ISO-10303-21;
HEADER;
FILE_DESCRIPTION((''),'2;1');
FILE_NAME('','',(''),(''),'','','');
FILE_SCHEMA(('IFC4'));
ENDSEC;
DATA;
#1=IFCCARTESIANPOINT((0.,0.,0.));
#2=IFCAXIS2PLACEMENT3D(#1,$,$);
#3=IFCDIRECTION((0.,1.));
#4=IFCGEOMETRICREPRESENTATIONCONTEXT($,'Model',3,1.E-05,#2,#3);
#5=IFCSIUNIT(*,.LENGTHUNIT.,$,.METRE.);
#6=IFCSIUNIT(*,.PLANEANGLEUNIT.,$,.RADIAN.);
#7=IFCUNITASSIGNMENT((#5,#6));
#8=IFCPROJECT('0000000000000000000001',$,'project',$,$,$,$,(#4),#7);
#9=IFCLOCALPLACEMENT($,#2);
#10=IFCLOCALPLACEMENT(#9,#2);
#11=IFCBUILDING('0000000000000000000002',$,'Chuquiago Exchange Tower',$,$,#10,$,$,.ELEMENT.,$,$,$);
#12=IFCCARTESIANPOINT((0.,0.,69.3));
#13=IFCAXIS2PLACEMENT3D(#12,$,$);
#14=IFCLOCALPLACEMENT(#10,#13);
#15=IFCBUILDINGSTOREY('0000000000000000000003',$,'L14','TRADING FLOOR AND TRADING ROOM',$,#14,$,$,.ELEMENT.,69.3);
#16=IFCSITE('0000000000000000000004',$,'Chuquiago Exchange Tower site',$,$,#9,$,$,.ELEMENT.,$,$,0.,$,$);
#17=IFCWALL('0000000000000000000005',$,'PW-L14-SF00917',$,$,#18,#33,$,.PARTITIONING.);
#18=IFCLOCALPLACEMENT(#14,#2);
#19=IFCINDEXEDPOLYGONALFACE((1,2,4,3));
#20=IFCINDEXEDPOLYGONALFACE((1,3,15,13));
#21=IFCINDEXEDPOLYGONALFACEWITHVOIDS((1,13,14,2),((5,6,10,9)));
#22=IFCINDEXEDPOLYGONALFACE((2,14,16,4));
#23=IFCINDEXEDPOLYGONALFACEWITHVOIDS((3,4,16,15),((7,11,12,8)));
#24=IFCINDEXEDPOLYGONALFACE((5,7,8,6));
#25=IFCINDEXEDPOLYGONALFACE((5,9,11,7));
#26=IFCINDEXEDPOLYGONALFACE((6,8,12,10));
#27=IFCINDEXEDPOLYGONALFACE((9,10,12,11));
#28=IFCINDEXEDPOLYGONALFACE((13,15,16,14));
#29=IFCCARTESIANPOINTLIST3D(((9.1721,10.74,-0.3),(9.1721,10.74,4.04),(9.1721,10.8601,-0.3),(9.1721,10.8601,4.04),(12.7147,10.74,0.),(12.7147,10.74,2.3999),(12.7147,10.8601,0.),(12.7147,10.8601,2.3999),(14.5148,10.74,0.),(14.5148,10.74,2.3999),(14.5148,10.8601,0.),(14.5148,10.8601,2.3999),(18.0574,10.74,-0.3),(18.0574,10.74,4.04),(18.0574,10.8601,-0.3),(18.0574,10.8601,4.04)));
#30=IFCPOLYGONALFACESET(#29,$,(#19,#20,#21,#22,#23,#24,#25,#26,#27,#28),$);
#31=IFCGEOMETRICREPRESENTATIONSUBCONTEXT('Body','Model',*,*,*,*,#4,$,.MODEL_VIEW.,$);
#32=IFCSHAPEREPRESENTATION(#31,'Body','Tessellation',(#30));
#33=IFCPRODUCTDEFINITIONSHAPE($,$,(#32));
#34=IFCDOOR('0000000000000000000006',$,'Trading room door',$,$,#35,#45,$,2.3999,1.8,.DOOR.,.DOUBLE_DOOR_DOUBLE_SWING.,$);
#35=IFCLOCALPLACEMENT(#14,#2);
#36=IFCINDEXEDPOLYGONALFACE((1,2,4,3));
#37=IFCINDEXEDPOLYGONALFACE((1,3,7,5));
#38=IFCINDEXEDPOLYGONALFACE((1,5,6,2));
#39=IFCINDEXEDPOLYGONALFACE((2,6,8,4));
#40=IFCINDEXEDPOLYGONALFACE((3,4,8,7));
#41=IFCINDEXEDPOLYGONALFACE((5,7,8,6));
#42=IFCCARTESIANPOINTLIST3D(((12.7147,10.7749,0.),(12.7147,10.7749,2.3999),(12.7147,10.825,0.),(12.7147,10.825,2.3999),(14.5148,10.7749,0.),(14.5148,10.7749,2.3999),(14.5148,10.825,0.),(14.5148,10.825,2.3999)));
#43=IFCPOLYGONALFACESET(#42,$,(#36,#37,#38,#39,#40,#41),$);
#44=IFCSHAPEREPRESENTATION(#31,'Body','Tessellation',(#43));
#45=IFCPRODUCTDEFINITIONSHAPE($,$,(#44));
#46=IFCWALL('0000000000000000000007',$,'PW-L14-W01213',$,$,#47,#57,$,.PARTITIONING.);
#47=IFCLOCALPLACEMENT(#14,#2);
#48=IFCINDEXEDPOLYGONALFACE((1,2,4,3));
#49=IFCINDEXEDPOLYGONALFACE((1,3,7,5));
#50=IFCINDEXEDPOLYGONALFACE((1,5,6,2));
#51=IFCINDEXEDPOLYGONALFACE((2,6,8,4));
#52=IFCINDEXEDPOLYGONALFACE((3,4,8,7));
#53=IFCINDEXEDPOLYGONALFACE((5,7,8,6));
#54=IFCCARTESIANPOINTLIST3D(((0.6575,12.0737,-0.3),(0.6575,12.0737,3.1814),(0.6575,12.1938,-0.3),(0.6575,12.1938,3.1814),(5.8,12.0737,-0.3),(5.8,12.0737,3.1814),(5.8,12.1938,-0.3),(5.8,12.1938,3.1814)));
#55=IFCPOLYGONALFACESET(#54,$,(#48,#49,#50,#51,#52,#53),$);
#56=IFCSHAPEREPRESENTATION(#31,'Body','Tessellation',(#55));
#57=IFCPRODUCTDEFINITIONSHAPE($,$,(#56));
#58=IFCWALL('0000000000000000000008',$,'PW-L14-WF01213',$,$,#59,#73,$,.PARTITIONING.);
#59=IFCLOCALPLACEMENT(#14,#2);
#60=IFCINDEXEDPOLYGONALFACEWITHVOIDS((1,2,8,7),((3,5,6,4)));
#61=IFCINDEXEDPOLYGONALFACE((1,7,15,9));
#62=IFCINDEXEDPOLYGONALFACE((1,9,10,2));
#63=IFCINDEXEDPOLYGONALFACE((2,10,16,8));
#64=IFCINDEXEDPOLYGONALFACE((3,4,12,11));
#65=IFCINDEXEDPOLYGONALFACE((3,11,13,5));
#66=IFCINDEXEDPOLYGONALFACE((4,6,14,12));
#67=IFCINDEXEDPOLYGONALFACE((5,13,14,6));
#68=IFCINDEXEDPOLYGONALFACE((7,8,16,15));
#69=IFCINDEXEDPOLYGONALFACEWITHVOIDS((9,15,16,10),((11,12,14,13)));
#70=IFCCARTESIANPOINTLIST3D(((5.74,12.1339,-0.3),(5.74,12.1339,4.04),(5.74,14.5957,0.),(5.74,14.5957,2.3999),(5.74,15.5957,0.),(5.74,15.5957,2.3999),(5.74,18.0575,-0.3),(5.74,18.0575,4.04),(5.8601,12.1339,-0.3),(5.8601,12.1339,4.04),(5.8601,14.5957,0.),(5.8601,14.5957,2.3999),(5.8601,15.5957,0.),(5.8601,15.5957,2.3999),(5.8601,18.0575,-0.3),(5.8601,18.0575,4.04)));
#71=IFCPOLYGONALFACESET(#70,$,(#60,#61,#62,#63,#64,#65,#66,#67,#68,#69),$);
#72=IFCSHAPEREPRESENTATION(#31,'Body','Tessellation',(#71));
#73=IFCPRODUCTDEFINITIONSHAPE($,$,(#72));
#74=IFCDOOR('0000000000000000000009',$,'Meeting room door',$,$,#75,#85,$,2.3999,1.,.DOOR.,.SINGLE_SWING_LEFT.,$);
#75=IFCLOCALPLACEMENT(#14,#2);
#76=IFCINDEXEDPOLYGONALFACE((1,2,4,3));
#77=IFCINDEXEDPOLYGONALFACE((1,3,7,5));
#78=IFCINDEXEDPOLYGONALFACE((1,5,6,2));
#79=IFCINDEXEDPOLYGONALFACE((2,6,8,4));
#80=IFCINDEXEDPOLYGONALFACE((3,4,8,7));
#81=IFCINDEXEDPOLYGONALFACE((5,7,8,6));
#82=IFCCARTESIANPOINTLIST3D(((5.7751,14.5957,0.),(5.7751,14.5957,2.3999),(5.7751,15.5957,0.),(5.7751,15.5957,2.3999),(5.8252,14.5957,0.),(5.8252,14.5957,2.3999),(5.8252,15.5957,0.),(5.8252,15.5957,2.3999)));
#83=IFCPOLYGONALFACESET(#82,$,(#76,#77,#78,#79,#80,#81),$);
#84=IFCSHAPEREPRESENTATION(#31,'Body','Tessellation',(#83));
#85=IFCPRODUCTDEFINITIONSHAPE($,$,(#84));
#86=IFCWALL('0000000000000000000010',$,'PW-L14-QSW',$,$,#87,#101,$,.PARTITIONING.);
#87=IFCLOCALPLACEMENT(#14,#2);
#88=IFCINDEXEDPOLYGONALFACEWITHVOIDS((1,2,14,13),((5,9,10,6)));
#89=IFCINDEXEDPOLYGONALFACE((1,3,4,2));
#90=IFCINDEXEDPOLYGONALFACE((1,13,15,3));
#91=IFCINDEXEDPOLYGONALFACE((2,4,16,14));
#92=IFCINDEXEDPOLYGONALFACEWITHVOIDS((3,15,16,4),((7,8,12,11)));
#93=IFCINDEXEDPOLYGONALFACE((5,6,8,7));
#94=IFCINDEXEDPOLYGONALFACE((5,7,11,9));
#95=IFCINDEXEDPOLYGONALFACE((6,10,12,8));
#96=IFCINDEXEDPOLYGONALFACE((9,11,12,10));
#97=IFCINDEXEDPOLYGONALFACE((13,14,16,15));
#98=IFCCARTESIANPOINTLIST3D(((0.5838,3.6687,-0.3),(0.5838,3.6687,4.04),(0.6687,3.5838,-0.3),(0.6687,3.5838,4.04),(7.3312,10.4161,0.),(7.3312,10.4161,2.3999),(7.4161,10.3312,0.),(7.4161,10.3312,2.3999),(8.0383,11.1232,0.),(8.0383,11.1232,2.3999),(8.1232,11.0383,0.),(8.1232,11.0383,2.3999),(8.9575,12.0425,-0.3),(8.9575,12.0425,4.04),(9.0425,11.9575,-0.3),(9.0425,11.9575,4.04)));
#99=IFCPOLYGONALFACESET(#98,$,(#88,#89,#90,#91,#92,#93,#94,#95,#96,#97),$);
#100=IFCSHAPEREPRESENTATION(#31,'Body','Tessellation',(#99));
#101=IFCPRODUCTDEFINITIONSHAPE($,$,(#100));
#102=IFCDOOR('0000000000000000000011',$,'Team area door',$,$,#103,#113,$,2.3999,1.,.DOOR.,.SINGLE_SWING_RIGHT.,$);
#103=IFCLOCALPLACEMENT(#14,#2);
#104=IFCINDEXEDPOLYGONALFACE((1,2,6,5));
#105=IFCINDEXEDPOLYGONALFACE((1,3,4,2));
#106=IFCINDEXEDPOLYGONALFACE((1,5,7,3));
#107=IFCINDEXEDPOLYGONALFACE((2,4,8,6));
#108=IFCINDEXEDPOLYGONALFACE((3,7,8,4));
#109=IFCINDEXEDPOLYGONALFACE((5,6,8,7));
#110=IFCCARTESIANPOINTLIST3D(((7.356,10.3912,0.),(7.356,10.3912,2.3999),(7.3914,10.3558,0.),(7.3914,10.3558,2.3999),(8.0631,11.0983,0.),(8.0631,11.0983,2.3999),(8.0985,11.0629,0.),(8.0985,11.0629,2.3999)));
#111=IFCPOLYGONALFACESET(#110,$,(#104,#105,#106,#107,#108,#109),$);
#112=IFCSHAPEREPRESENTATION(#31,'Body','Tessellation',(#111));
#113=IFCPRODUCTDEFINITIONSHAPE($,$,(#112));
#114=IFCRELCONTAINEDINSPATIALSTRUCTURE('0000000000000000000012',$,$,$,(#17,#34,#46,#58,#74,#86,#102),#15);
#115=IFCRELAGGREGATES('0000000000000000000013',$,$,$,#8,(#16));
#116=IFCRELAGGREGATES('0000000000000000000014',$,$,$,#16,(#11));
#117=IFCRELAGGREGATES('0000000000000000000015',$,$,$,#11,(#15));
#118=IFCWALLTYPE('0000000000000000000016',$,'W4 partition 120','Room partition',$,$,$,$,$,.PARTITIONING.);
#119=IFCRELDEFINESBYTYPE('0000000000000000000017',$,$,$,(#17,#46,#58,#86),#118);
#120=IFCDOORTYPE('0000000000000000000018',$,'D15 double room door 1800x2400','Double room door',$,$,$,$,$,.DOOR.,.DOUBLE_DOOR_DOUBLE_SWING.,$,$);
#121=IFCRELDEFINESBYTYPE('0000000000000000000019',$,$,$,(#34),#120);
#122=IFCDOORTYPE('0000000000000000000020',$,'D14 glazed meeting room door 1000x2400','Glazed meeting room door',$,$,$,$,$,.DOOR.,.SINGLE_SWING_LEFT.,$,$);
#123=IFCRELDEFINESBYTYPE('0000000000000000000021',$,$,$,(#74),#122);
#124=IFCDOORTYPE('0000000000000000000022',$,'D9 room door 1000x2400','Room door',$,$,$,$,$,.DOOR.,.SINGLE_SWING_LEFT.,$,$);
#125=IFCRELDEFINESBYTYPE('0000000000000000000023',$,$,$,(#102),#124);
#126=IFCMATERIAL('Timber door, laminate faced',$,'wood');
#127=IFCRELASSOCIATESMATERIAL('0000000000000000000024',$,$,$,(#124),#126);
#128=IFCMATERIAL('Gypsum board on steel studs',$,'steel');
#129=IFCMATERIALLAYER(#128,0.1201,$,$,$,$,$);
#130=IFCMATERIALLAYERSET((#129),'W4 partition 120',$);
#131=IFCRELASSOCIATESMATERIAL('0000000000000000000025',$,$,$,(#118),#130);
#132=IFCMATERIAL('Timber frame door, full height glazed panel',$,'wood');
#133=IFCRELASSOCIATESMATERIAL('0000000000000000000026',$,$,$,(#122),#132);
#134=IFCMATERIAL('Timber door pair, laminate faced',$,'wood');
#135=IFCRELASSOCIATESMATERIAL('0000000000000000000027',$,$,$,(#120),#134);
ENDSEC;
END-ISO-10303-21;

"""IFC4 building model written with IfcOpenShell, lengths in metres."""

from ifc_helpers import new_model, si_unit, direction, frame, frame_2d, origin, place, context, subcontext, project, spatial, rectangle, extrude, material, layer, layer_set, type_object, element, fill, save


model = new_model("IFC4")

# Units and contexts
model_context = context("Model", 3, precision=1e-05, world=origin(), true_north=direction((0.0, 1.0)))
body_context = subcontext(model_context, "Body", "Model", "MODEL_VIEW")
ifc_project = project(units=[si_unit("LENGTHUNIT", "METRE"), si_unit("PLANEANGLEUNIT", "RADIAN")], contexts=[model_context])

# Site, building, storey
site_placement = place(None, origin())
site = spatial("IfcSite", under=ifc_project, at=site_placement, Name="Chuquiago Exchange Tower site", CompositionType="ELEMENT", RefElevation=0.0)
building_placement = place(site_placement, origin())
building = spatial("IfcBuilding", under=site, at=building_placement, Name="Chuquiago Exchange Tower", CompositionType="ELEMENT")
storey_placement = place(building_placement, frame((0.0, 0.0, 69.3)))
storey = spatial("IfcBuildingStorey", under=building, at=storey_placement, Name="L14", Description="TRADING FLOOR AND TRADING ROOM", CompositionType="ELEMENT", Elevation=69.3)

# Wall, opening, door
ifc_material_1 = material(Name="Timber door, laminate faced", Category="wood")
door_type_1 = type_object("IfcDoorType", Name="D9 room door 1000x2400", Description="Room door", OperationType="SINGLE_SWING_LEFT", PredefinedType="DOOR", material=ifc_material_1)
ifc_material_2 = material(Name="Gypsum board on steel studs", Category="steel")
ifc_layer_1 = layer(ifc_material_2, 0.1201)
ifc_layer_set_1 = layer_set([ifc_layer_1], Name="W4 partition 120")
wall_type_1 = type_object("IfcWallType", Name="W4 partition 120", Description="Room partition", PredefinedType="PARTITIONING", material=ifc_layer_set_1)
ifc_material_3 = material(Name="Timber frame door, full height glazed panel", Category="wood")
door_type_2 = type_object("IfcDoorType", Name="D14 glazed meeting room door 1000x2400", Description="Glazed meeting room door", OperationType="SINGLE_SWING_LEFT", PredefinedType="DOOR", material=ifc_material_3)
wall_1_placement = place(storey_placement, frame((9.1721, 10.8, -0.3), z_axis=(0.0, 0.0, 1.0), x_axis=(1.0, 0.0, 0.0)))
wall_1 = element("IfcWall", 1, at=wall_1_placement, inside=storey, type_object=wall_type_1, Name="PW-L14-SF00917", PredefinedType="PARTITIONING", context=body_context, shape_type="SweptSolid", body=[
    extrude(rectangle(XDim=8.8853, YDim=0.1201, at=frame_2d((4.4426, 0.0))), origin(), (0.0, 0.0, 1.0), 4.3401),
])
opening_1_placement = place(wall_1_placement, frame((3.5427, 0.0, 0.3)))
opening_1 = element("IfcOpeningElement", 2, at=opening_1_placement, cuts=wall_1, PredefinedType="OPENING", context=body_context, shape_type="SweptSolid", body=[
    extrude(rectangle(XDim=1.8, YDim=2.3999, at=frame_2d((0.8999, 1.2))), frame((0.0, 0.0701, 0.0), z_axis=(0.0, -1.0, 0.0), x_axis=(1.0, 0.0, 0.0)), (0.0, 0.0, 1.0), 0.1401),
])
ifc_material_4 = material(Name="Timber door pair, laminate faced", Category="wood")
door_type_3 = type_object("IfcDoorType", Name="D15 double room door 1800x2400", Description="Double room door", OperationType="DOUBLE_DOOR_DOUBLE_SWING", PredefinedType="DOOR", material=ifc_material_4)
door_1_placement = place(opening_1_placement, origin())
door_1 = element("IfcDoor", 3, at=door_1_placement, inside=storey, type_object=door_type_3, Name="Trading room door", OperationType="DOUBLE_DOOR_DOUBLE_SWING", OverallHeight=2.3999, OverallWidth=1.8, PredefinedType="DOOR", context=body_context, shape_type="SweptSolid", body=[
    extrude(rectangle(XDim=1.8, YDim=2.3999, at=frame_2d((0.8999, 1.2))), frame((0.0, 0.0249, 0.0), z_axis=(0.0, -1.0, 0.0), x_axis=(1.0, 0.0, 0.0)), (0.0, 0.0, 1.0), 0.05),
])
fill(opening_1, door_1)

# Wall
wall_2_placement = place(storey_placement, frame((0.6575, 12.1338, -0.3), z_axis=(0.0, 0.0, 1.0), x_axis=(1.0, 0.0, 0.0)))
element("IfcWall", 4, at=wall_2_placement, inside=storey, type_object=wall_type_1, Name="PW-L14-W01213", PredefinedType="PARTITIONING", context=body_context, shape_type="SweptSolid", body=[
    extrude(rectangle(XDim=5.1426, YDim=0.1201, at=frame_2d((2.5713, 0.0))), origin(), (0.0, 0.0, 1.0), 3.4814),
])

# Walls, openings, doors
wall_3_placement = place(storey_placement, frame((5.8, 12.1338, -0.3), z_axis=(0.0, 0.0, 1.0), x_axis=(0.0, 1.0, 0.0)))
wall_3 = element("IfcWall", 5, at=wall_3_placement, inside=storey, type_object=wall_type_1, Name="PW-L14-WF01213", PredefinedType="PARTITIONING", context=body_context, shape_type="SweptSolid", body=[
    extrude(rectangle(XDim=5.9236, YDim=0.1201, at=frame_2d((2.9619, 0.0))), origin(), (0.0, 0.0, 1.0), 4.3401),
])
opening_2_placement = place(wall_3_placement, frame((2.4619, 0.0, 0.3)))
opening_2 = element("IfcOpeningElement", 6, at=opening_2_placement, cuts=wall_3, PredefinedType="OPENING", context=body_context, shape_type="SweptSolid", body=[
    extrude(rectangle(XDim=1.0, YDim=2.3999, at=frame_2d((0.5, 1.2))), frame((0.0, 0.0701, 0.0), z_axis=(0.0, -1.0, 0.0), x_axis=(1.0, 0.0, 0.0)), (0.0, 0.0, 1.0), 0.1401),
])
door_2_placement = place(opening_2_placement, origin())
door_2 = element("IfcDoor", 7, at=door_2_placement, inside=storey, type_object=door_type_2, Name="Meeting room door", OperationType="SINGLE_SWING_LEFT", OverallHeight=2.3999, OverallWidth=1.0, PredefinedType="DOOR", context=body_context, shape_type="SweptSolid", body=[
    extrude(rectangle(XDim=1.0, YDim=2.3999, at=frame_2d((0.5, 1.2))), frame((0.0, 0.0249, 0.0), z_axis=(0.0, -1.0, 0.0), x_axis=(1.0, 0.0, 0.0)), (0.0, 0.0, 1.0), 0.05),
])
fill(opening_2, door_2)
wall_4_placement = place(storey_placement, frame((9.0, 12.0, -0.3), z_axis=(0.0, 0.0, 1.0), x_axis=(-0.707107, -0.707107, 0.0)))
wall_4 = element("IfcWall", 8, at=wall_4_placement, inside=storey, type_object=wall_type_1, Name="PW-L14-QSW", PredefinedType="PARTITIONING", context=body_context, shape_type="SweptSolid", body=[
    extrude(rectangle(XDim=11.8423, YDim=0.1201, at=frame_2d((5.9211, 0.0))), origin(), (0.0, 0.0, 1.0), 4.3401),
])
opening_3_placement = place(wall_4_placement, frame((1.3, 0.0, 0.3)))
opening_3 = element("IfcOpeningElement", 9, at=opening_3_placement, cuts=wall_4, PredefinedType="OPENING", context=body_context, shape_type="SweptSolid", body=[
    extrude(rectangle(XDim=1.0, YDim=2.3999, at=frame_2d((0.5, 1.2))), frame((0.0, 0.0701, 0.0), z_axis=(0.0, -1.0, 0.0), x_axis=(1.0, 0.0, 0.0)), (0.0, 0.0, 1.0), 0.1401),
])
door_3_placement = place(opening_3_placement, frame((1.0, 0.0, 0.0), z_axis=(0.0, 0.0, 1.0), x_axis=(-1.0, 0.0, 0.0)))
door_3 = element("IfcDoor", 10, at=door_3_placement, inside=storey, type_object=door_type_1, Name="Team area door", OperationType="SINGLE_SWING_RIGHT", OverallHeight=2.3999, OverallWidth=1.0, PredefinedType="DOOR", context=body_context, shape_type="SweptSolid", body=[
    extrude(rectangle(XDim=1.0, YDim=2.3999, at=frame_2d((0.5, 1.2))), frame((0.0, 0.0249, 0.0), z_axis=(0.0, -1.0, 0.0), x_axis=(1.0, 0.0, 0.0)), (0.0, 0.0, 1.0), 0.05),
])
fill(opening_3, door_3)

save(model, "model.ifc")
